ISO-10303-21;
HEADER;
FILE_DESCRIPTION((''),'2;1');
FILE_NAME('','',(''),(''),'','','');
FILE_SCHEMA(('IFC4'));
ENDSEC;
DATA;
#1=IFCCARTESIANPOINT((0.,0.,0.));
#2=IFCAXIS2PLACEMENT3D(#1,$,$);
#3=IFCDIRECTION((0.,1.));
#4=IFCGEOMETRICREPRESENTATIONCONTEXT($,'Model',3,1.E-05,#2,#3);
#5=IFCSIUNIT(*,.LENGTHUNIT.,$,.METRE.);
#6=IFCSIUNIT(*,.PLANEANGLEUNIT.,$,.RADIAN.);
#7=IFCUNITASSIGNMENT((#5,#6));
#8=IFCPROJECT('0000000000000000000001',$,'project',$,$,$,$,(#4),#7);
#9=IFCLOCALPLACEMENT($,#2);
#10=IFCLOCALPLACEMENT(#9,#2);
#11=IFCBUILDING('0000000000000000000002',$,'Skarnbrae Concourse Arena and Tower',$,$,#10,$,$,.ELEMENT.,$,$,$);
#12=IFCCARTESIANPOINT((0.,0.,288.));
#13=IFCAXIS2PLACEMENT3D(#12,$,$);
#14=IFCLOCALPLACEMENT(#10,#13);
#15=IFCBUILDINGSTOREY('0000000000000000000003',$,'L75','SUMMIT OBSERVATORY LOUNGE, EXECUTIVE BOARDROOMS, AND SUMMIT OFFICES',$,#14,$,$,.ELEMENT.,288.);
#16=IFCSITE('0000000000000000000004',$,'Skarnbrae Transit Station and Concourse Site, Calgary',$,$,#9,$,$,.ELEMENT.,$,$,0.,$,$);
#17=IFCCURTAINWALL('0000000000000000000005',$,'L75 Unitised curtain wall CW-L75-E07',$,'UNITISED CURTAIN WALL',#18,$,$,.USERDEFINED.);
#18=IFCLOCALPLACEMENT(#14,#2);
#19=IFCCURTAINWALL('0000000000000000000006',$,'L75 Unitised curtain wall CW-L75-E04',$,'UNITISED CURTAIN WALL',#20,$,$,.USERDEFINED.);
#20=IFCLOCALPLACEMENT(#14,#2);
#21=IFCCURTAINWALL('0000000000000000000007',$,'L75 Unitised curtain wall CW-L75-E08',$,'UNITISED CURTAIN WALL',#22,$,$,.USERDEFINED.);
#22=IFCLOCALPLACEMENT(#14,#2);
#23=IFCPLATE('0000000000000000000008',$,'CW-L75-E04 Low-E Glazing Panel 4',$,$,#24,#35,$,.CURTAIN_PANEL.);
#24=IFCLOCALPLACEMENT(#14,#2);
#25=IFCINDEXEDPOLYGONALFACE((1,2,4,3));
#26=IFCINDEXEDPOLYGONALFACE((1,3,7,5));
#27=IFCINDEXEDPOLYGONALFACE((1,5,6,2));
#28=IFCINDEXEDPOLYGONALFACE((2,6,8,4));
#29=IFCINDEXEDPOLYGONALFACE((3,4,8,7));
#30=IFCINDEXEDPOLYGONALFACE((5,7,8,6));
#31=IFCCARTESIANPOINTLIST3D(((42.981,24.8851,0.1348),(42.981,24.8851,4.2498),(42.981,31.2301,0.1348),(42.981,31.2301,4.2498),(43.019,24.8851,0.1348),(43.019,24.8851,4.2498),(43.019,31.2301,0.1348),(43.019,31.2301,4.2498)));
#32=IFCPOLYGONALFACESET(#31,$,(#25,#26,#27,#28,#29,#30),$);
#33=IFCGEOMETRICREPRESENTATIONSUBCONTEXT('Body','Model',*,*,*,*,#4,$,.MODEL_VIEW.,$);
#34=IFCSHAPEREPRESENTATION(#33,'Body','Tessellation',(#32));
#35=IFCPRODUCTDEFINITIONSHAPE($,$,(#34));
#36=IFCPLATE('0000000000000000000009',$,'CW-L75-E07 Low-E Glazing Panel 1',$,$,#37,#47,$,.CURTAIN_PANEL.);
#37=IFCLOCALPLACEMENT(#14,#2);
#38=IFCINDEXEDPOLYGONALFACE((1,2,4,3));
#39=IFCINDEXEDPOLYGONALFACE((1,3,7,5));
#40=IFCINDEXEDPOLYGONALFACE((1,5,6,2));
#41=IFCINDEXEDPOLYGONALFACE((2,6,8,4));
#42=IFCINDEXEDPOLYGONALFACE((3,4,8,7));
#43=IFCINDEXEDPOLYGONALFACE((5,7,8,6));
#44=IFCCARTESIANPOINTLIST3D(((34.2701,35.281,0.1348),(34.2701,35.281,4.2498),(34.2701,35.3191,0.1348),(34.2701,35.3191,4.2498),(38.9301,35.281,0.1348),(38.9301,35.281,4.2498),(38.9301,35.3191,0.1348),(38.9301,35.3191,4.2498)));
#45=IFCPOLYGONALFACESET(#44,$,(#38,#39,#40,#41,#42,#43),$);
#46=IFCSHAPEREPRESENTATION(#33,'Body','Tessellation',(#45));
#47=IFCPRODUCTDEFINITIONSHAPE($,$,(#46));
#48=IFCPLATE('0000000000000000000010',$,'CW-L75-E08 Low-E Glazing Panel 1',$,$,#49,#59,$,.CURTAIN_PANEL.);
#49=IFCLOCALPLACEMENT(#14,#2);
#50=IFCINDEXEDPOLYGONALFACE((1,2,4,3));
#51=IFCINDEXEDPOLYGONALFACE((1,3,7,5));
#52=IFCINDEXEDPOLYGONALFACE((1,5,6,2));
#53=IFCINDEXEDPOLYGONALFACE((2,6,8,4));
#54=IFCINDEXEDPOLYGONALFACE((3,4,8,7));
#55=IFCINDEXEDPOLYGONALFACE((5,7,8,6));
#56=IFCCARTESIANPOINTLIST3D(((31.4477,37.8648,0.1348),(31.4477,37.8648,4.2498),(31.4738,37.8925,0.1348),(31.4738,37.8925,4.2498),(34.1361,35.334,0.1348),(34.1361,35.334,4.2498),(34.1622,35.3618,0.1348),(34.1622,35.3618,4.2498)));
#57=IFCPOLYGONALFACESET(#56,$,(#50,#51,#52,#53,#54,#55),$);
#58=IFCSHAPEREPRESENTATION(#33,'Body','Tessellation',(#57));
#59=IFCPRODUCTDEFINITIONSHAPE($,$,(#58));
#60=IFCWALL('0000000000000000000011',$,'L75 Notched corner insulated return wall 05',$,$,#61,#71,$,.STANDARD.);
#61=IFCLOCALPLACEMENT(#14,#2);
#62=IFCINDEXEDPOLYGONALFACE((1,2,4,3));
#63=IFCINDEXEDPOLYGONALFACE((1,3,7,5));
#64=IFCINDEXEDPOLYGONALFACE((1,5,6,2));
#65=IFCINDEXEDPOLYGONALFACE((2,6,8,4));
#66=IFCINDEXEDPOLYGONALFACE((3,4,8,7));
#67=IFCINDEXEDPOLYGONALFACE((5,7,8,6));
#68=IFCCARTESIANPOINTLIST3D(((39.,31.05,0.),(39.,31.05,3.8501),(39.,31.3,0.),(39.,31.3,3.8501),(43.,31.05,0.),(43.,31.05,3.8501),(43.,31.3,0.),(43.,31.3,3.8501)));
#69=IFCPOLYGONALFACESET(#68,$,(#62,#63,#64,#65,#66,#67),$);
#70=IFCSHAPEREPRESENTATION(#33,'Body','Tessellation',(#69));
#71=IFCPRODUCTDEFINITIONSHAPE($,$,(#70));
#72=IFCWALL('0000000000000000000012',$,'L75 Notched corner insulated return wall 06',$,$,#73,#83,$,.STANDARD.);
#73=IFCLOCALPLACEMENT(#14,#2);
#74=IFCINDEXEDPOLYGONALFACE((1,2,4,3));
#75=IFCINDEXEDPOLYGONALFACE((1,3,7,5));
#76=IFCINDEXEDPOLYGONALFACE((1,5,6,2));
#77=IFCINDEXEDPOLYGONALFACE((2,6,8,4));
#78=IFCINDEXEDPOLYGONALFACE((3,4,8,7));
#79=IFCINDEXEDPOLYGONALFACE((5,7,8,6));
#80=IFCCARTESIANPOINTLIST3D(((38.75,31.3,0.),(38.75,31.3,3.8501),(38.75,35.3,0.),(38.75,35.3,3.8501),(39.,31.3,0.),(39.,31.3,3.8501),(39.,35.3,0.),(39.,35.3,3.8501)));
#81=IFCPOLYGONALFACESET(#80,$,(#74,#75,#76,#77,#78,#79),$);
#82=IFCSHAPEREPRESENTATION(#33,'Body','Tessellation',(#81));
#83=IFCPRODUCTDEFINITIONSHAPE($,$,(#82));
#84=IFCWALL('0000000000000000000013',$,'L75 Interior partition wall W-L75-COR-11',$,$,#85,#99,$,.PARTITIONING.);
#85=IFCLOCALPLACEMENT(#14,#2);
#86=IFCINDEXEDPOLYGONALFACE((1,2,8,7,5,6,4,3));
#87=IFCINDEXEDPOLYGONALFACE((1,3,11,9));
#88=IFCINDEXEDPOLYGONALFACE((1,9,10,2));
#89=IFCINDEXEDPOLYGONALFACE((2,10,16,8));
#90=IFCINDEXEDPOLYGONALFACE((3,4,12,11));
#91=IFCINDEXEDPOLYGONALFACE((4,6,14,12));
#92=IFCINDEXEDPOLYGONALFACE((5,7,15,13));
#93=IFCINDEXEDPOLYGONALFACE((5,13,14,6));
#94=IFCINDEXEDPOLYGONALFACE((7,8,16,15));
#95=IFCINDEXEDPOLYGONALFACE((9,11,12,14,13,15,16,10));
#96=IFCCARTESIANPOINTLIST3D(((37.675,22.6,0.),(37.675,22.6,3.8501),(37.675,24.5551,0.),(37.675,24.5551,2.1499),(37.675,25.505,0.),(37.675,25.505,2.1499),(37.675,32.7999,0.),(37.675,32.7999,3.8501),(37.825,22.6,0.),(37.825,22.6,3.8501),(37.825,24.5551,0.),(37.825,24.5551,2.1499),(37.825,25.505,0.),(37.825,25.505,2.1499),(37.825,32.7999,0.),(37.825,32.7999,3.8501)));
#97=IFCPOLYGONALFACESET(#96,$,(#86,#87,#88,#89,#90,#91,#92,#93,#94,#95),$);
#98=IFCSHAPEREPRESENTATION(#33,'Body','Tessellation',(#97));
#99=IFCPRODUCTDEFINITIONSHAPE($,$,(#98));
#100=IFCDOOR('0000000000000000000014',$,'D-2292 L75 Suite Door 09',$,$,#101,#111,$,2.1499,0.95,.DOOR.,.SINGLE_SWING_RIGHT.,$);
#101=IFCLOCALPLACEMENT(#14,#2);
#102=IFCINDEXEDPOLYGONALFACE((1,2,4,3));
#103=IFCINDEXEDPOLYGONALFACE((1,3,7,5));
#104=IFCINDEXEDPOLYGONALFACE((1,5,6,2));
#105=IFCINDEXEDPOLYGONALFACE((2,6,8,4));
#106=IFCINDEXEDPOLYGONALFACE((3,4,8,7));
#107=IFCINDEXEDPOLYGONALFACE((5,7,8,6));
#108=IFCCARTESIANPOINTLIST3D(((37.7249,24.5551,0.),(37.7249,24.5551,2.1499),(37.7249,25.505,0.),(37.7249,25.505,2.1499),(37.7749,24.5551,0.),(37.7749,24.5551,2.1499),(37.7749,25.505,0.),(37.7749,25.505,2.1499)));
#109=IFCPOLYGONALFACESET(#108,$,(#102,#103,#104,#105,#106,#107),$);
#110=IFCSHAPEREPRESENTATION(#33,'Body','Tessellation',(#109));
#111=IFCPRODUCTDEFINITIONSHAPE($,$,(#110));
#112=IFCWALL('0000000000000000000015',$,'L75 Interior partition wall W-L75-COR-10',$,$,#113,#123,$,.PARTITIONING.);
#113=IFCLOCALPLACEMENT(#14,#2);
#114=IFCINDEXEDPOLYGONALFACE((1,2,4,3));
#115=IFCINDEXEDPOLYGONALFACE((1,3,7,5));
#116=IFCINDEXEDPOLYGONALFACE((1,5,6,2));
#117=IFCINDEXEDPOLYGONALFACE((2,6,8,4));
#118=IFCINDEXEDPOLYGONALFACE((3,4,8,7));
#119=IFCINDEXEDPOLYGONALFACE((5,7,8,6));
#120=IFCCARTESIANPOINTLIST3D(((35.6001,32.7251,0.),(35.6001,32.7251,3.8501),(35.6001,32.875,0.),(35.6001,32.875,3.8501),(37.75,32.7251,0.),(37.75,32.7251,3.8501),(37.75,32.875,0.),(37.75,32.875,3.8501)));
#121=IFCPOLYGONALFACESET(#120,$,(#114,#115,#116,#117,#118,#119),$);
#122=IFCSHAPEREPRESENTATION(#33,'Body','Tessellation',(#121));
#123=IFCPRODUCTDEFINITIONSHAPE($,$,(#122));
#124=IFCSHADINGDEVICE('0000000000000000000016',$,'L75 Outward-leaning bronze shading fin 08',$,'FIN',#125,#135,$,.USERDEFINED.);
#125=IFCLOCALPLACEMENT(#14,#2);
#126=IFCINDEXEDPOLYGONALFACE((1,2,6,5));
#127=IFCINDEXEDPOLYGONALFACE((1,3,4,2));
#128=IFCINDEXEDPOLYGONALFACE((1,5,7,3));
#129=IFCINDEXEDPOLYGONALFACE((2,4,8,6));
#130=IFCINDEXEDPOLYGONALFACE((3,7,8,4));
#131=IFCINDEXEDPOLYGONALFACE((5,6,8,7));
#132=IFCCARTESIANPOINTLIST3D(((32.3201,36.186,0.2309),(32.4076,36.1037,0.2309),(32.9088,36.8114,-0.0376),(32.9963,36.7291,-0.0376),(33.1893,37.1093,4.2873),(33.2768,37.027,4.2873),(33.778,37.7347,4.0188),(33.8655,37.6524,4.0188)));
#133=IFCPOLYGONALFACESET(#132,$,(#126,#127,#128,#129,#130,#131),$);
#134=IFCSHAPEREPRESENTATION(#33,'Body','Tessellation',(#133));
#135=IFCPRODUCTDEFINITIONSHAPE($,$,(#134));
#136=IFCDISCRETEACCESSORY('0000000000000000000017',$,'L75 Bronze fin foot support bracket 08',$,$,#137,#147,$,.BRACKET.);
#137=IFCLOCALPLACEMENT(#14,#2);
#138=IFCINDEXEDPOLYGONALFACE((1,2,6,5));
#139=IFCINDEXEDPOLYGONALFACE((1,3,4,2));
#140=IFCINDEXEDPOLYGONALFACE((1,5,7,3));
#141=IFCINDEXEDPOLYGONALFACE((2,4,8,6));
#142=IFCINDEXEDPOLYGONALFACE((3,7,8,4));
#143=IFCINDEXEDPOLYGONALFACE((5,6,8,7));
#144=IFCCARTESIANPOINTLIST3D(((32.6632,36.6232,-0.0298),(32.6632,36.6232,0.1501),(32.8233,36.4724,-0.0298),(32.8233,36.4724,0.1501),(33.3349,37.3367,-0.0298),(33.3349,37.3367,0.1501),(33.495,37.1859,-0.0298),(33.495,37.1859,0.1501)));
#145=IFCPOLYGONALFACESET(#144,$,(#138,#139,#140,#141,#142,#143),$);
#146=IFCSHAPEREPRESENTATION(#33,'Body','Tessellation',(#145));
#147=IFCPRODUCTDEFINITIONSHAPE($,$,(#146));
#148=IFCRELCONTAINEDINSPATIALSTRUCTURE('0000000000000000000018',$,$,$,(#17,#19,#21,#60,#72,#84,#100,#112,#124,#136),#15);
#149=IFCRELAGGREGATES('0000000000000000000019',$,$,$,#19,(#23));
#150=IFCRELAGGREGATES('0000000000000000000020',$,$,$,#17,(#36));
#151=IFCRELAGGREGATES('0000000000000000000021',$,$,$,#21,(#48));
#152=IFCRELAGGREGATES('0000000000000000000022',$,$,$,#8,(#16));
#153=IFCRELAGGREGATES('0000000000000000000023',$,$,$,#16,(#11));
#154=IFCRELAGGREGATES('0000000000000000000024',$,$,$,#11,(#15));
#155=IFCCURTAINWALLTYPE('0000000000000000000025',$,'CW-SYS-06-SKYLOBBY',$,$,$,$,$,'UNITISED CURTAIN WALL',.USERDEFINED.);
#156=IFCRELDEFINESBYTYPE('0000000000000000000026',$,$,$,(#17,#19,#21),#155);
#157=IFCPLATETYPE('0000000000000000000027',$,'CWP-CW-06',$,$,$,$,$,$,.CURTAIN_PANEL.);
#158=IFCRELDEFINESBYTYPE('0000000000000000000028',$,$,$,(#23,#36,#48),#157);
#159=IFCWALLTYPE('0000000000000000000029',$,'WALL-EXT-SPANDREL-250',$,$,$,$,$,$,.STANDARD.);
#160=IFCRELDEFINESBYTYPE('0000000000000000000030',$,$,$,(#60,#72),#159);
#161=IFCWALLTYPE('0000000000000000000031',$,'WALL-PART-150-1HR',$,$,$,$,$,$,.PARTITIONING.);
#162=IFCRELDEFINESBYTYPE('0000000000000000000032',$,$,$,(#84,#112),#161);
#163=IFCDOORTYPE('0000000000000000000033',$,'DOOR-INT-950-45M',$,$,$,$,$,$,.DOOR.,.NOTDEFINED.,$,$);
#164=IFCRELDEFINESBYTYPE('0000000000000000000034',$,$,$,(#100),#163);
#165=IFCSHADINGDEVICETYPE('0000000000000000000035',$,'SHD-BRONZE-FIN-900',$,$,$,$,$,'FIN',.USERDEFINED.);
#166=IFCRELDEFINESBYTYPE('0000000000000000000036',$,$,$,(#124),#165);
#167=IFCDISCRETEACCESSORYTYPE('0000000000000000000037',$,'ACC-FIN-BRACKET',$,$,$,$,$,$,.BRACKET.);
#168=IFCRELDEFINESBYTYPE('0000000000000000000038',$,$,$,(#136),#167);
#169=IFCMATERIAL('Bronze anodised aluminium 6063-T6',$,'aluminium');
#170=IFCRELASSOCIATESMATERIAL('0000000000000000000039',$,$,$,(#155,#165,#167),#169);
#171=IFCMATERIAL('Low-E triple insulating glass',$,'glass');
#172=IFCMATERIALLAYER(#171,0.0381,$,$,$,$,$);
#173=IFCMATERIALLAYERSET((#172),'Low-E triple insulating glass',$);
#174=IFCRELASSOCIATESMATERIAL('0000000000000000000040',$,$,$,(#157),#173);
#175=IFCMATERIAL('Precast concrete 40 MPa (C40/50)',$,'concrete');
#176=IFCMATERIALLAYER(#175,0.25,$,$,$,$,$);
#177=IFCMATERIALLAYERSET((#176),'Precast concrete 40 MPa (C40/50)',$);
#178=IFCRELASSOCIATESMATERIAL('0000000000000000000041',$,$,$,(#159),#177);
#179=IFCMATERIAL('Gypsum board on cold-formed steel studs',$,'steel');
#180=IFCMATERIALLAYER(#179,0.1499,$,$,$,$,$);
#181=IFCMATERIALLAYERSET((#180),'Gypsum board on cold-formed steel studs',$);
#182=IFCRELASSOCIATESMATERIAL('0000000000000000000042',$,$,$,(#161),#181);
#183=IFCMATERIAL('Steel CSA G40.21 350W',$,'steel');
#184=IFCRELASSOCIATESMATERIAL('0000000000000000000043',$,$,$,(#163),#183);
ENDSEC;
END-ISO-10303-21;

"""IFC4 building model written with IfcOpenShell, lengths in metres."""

from ifc_helpers import new_model, si_unit, direction, frame, frame_2d, origin, origin_2d, place, context, subcontext, project, spatial, rectangle, extrude, source, transform, mapped, material, layer, layer_set, type_object, element, fill, aggregate, save


model = new_model("IFC4")

# Units and contexts
model_context = context("Model", 3, precision=1e-05, world=origin(), true_north=direction((0.0, 1.0)))
body_context = subcontext(model_context, "Body", "Model", "MODEL_VIEW")
ifc_project = project(units=[si_unit("LENGTHUNIT", "METRE"), si_unit("PLANEANGLEUNIT", "RADIAN")], contexts=[model_context])

# Site, building, storey
site_placement = place(None, origin())
site = spatial("IfcSite", under=ifc_project, at=site_placement, Name="Skarnbrae Transit Station and Concourse Site, Calgary", CompositionType="ELEMENT", RefElevation=0.0)
building_placement = place(site_placement, origin())
building = spatial("IfcBuilding", under=site, at=building_placement, Name="Skarnbrae Concourse Arena and Tower", CompositionType="ELEMENT")
storey_placement = place(building_placement, frame((0.0, 0.0, 288.0)))
storey = spatial("IfcBuildingStorey", under=building, at=storey_placement, Name="L75", Description="SUMMIT OBSERVATORY LOUNGE, EXECUTIVE BOARDROOMS, AND SUMMIT OFFICES", CompositionType="ELEMENT", Elevation=288.0)

# Shared definitions
ifc_material_1 = material(Name="Steel CSA G40.21 350W", Category="steel")

# Curtain walls
ifc_material_2 = material(Name="Bronze anodised aluminium 6063-T6", Category="aluminium")
curtain_wall_type = type_object("IfcCurtainWallType", Name="CW-SYS-06-SKYLOBBY", ElementType="UNITISED CURTAIN WALL", PredefinedType="USERDEFINED", material=ifc_material_2)
curtain_wall_1_placement = place(storey_placement, origin())
curtain_wall_1 = element("IfcCurtainWall", 1, at=curtain_wall_1_placement, inside=storey, type_object=curtain_wall_type, Name="L75 Unitised curtain wall CW-L75-E07", ObjectType="UNITISED CURTAIN WALL", PredefinedType="USERDEFINED")
curtain_wall_2_placement = place(storey_placement, origin())
curtain_wall_2 = element("IfcCurtainWall", 2, at=curtain_wall_2_placement, inside=storey, type_object=curtain_wall_type, Name="L75 Unitised curtain wall CW-L75-E04", ObjectType="UNITISED CURTAIN WALL", PredefinedType="USERDEFINED")

# Curtain wall
curtain_wall_3_placement = place(storey_placement, origin())
curtain_wall_3 = element("IfcCurtainWall", 3, at=curtain_wall_3_placement, inside=storey, type_object=curtain_wall_type, Name="L75 Unitised curtain wall CW-L75-E08", ObjectType="UNITISED CURTAIN WALL", PredefinedType="USERDEFINED")

# Plates
ifc_material_3 = material(Name="Low-E triple insulating glass", Category="glass")
ifc_layer_1 = layer(ifc_material_3, 0.0381)
ifc_layer_set_1 = layer_set([ifc_layer_1], Name="Low-E triple insulating glass")
plate_type_1 = type_object("IfcPlateType", Name="CWP-CW-06", PredefinedType="CURTAIN_PANEL", material=ifc_layer_set_1)
shared_shape_1 = source(origin(), body_context, "Body", "SweptSolid", [
    extrude(rectangle(XDim=6.345, YDim=0.0381, at=origin_2d()), origin(), (0.0, 0.0, 1.0), 4.115),
])
plate_1_placement = place(storey_placement, frame((43.0, 28.0576, 0.1348), z_axis=(0.0, 0.0, 1.0), x_axis=(0.0, 1.0, 0.0)))
plate_1 = element("IfcPlate", 4, at=plate_1_placement, type_object=plate_type_1, Name="CW-L75-E04 Low-E Glazing Panel 4", PredefinedType="CURTAIN_PANEL", context=body_context, shape_type="MappedRepresentation", body=[
    mapped(shared_shape_1, transform((0.0, 0.0, 0.0))),
])
aggregate(curtain_wall_2, [plate_1])
shared_shape_2 = source(origin(), body_context, "Body", "SweptSolid", [
    extrude(rectangle(XDim=4.6599, YDim=0.0381, at=origin_2d()), origin(), (0.0, 0.0, 1.0), 4.115),
])
plate_2_placement = place(storey_placement, frame((36.6001, 35.3, 0.1348), z_axis=(0.0, 0.0, 1.0), x_axis=(-1.0, 0.0, 0.0)))
plate_2 = element("IfcPlate", 5, at=plate_2_placement, type_object=plate_type_1, Name="CW-L75-E07 Low-E Glazing Panel 1", PredefinedType="CURTAIN_PANEL", context=body_context, shape_type="MappedRepresentation", body=[
    mapped(shared_shape_2, transform((0.0, 0.0, 0.0))),
])
aggregate(curtain_wall_1, [plate_2])
shared_shape_3 = source(origin(), body_context, "Body", "SweptSolid", [
    extrude(rectangle(XDim=3.6921, YDim=0.0381, at=origin_2d()), origin(), (0.0, 0.0, 1.0), 4.115),
])
plate_3_placement = place(storey_placement, frame((32.8049, 36.6133, 0.1348), z_axis=(0.0, 0.0, 1.0), x_axis=(-0.728131, 0.685438, 0.0)))
plate_3 = element("IfcPlate", 6, at=plate_3_placement, type_object=plate_type_1, Name="CW-L75-E08 Low-E Glazing Panel 1", PredefinedType="CURTAIN_PANEL", context=body_context, shape_type="MappedRepresentation", body=[
    mapped(shared_shape_3, transform((0.0, 0.0, 0.0))),
])
aggregate(curtain_wall_3, [plate_3])

# Walls
ifc_material_4 = material(Name="Precast concrete 40 MPa (C40/50)", Category="concrete")
ifc_layer_2 = layer(ifc_material_4, 0.25)
ifc_layer_set_2 = layer_set([ifc_layer_2], Name="Precast concrete 40 MPa (C40/50)")
wall_type_1 = type_object("IfcWallType", Name="WALL-EXT-SPANDREL-250", PredefinedType="STANDARD", material=ifc_layer_set_2)
shared_shape_4 = source(origin(), body_context, "Body", "SweptSolid", [
    extrude(rectangle(XDim=4.0, YDim=0.25, at=frame_2d((2.0, 0.0))), origin(), (0.0, 0.0, 1.0), 3.8501),
])
for number, where, z_axis, x_axis, name in (
    (7, (43.0, 31.175, 0.0), (0.0, 0.0, 1.0), (-1.0, 0.0, 0.0), "L75 Notched corner insulated return wall 05"),
    (8, (38.875, 31.3, 0.0), (0.0, 0.0, 1.0), (0.0, 1.0, 0.0), "L75 Notched corner insulated return wall 06"),
):
    element("IfcWall", number, at=place(storey_placement, frame(where, z_axis=z_axis, x_axis=x_axis)), inside=storey, type_object=wall_type_1, Name=name, PredefinedType="STANDARD", context=body_context, shape_type="MappedRepresentation", body=[
        mapped(shared_shape_4, transform((0.0, 0.0, 0.0))),
    ])

# Wall, opening, door
ifc_material_5 = material(Name="Gypsum board on cold-formed steel studs", Category="steel")
ifc_layer_3 = layer(ifc_material_5, 0.1499)
ifc_layer_set_3 = layer_set([ifc_layer_3], Name="Gypsum board on cold-formed steel studs")
wall_type_2 = type_object("IfcWallType", Name="WALL-PART-150-1HR", PredefinedType="PARTITIONING", material=ifc_layer_set_3)
shared_shape_5 = source(origin(), body_context, "Body", "SweptSolid", [
    extrude(rectangle(XDim=10.2, YDim=0.1499, at=frame_2d((5.1001, 0.0))), origin(), (0.0, 0.0, 1.0), 3.8501),
])
wall_1_placement = place(storey_placement, frame((37.75, 32.8, 0.0), z_axis=(0.0, 0.0, 1.0), x_axis=(0.0, -1.0, 0.0)))
wall_1 = element("IfcWall", 9, at=wall_1_placement, inside=storey, type_object=wall_type_2, Name="L75 Interior partition wall W-L75-COR-11", PredefinedType="PARTITIONING", context=body_context, shape_type="MappedRepresentation", body=[
    mapped(shared_shape_5, transform((0.0, 0.0, 0.0))),
])
opening_placement = place(wall_1_placement, frame((7.2949, 0.0, 0.0)))
opening = element("IfcOpeningElement", 10, at=opening_placement, cuts=wall_1, PredefinedType="OPENING", context=body_context, shape_type="SweptSolid", body=[
    extrude(rectangle(XDim=0.95, YDim=2.1499, at=frame_2d((0.4751, 1.075))), frame((0.0, 0.085, 0.0), z_axis=(0.0, -1.0, 0.0), x_axis=(1.0, 0.0, 0.0)), (0.0, 0.0, 1.0), 0.1699),
])
door_type = type_object("IfcDoorType", Name="DOOR-INT-950-45M", OperationType="NOTDEFINED", PredefinedType="DOOR", material=ifc_material_1)
shared_shape_6 = source(origin(), body_context, "Body", "SweptSolid", [
    extrude(rectangle(XDim=0.95, YDim=2.1499, at=frame_2d((0.4751, 1.075))), frame((0.0, 0.0249, 0.0), z_axis=(0.0, -1.0, 0.0), x_axis=(1.0, 0.0, 0.0)), (0.0, 0.0, 1.0), 0.05),
])
door_placement = place(opening_placement, origin())
door = element("IfcDoor", 11, at=door_placement, inside=storey, type_object=door_type, Name="D-2292 L75 Suite Door 09", OperationType="SINGLE_SWING_RIGHT", OverallHeight=2.1499, OverallWidth=0.95, PredefinedType="DOOR", context=body_context, shape_type="MappedRepresentation", body=[
    mapped(shared_shape_6, transform((0.0, 0.0, 0.0))),
])
fill(opening, door)

# Wall
shared_shape_7 = source(origin(), body_context, "Body", "SweptSolid", [
    extrude(rectangle(XDim=2.1499, YDim=0.1499, at=frame_2d((1.075, 0.0))), origin(), (0.0, 0.0, 1.0), 3.8501),
])
wall_2_placement = place(storey_placement, frame((35.6001, 32.8, 0.0), z_axis=(0.0, 0.0, 1.0), x_axis=(1.0, 0.0, 0.0)))
element("IfcWall", 12, at=wall_2_placement, inside=storey, type_object=wall_type_2, Name="L75 Interior partition wall W-L75-COR-10", PredefinedType="PARTITIONING", context=body_context, shape_type="MappedRepresentation", body=[
    mapped(shared_shape_7, transform((0.0, 0.0, 0.0))),
])

# Shading device
shading_device_type = type_object("IfcShadingDeviceType", Name="SHD-BRONZE-FIN-900", ElementType="FIN", PredefinedType="USERDEFINED", material=ifc_material_2)
shared_shape_8 = source(origin(), body_context, "Body", "SweptSolid", [
    extrude(rectangle(XDim=0.1201, YDim=0.8999, at=origin_2d()), origin(), (0.0, 0.0, 1.0), 4.25),
])
shading_device_placement = place(storey_placement, frame((32.6582, 36.4575, 0.0967), z_axis=(0.204517, 0.217256, 0.954449), x_axis=(0.728132, -0.685437, 0.0)))
element("IfcShadingDevice", 13, at=shading_device_placement, inside=storey, type_object=shading_device_type, Name="L75 Outward-leaning bronze shading fin 08", ObjectType="FIN", PredefinedType="USERDEFINED", context=body_context, shape_type="MappedRepresentation", body=[
    mapped(shared_shape_8, transform((0.0, 0.0, 0.0))),
])

# Discrete accessory
discrete_accessory_type = type_object("IfcDiscreteAccessoryType", Name="ACC-FIN-BRACKET", PredefinedType="BRACKET", material=ifc_material_2)
shared_shape_9 = source(origin(), body_context, "Body", "SweptSolid", [
    extrude(rectangle(XDim=0.22, YDim=0.98, at=origin_2d()), origin(), (0.0, 0.0, 1.0), 0.1799),
])
discrete_accessory_placement = place(storey_placement, frame((33.0791, 36.9045, -0.0298), z_axis=(0.0, 0.0, 1.0), x_axis=(0.728132, -0.685437, 0.0)))
element("IfcDiscreteAccessory", 14, at=discrete_accessory_placement, inside=storey, type_object=discrete_accessory_type, Name="L75 Bronze fin foot support bracket 08", PredefinedType="BRACKET", context=body_context, shape_type="MappedRepresentation", body=[
    mapped(shared_shape_9, transform((0.0, 0.0, 0.0))),
])

save(model, "model.ifc")
